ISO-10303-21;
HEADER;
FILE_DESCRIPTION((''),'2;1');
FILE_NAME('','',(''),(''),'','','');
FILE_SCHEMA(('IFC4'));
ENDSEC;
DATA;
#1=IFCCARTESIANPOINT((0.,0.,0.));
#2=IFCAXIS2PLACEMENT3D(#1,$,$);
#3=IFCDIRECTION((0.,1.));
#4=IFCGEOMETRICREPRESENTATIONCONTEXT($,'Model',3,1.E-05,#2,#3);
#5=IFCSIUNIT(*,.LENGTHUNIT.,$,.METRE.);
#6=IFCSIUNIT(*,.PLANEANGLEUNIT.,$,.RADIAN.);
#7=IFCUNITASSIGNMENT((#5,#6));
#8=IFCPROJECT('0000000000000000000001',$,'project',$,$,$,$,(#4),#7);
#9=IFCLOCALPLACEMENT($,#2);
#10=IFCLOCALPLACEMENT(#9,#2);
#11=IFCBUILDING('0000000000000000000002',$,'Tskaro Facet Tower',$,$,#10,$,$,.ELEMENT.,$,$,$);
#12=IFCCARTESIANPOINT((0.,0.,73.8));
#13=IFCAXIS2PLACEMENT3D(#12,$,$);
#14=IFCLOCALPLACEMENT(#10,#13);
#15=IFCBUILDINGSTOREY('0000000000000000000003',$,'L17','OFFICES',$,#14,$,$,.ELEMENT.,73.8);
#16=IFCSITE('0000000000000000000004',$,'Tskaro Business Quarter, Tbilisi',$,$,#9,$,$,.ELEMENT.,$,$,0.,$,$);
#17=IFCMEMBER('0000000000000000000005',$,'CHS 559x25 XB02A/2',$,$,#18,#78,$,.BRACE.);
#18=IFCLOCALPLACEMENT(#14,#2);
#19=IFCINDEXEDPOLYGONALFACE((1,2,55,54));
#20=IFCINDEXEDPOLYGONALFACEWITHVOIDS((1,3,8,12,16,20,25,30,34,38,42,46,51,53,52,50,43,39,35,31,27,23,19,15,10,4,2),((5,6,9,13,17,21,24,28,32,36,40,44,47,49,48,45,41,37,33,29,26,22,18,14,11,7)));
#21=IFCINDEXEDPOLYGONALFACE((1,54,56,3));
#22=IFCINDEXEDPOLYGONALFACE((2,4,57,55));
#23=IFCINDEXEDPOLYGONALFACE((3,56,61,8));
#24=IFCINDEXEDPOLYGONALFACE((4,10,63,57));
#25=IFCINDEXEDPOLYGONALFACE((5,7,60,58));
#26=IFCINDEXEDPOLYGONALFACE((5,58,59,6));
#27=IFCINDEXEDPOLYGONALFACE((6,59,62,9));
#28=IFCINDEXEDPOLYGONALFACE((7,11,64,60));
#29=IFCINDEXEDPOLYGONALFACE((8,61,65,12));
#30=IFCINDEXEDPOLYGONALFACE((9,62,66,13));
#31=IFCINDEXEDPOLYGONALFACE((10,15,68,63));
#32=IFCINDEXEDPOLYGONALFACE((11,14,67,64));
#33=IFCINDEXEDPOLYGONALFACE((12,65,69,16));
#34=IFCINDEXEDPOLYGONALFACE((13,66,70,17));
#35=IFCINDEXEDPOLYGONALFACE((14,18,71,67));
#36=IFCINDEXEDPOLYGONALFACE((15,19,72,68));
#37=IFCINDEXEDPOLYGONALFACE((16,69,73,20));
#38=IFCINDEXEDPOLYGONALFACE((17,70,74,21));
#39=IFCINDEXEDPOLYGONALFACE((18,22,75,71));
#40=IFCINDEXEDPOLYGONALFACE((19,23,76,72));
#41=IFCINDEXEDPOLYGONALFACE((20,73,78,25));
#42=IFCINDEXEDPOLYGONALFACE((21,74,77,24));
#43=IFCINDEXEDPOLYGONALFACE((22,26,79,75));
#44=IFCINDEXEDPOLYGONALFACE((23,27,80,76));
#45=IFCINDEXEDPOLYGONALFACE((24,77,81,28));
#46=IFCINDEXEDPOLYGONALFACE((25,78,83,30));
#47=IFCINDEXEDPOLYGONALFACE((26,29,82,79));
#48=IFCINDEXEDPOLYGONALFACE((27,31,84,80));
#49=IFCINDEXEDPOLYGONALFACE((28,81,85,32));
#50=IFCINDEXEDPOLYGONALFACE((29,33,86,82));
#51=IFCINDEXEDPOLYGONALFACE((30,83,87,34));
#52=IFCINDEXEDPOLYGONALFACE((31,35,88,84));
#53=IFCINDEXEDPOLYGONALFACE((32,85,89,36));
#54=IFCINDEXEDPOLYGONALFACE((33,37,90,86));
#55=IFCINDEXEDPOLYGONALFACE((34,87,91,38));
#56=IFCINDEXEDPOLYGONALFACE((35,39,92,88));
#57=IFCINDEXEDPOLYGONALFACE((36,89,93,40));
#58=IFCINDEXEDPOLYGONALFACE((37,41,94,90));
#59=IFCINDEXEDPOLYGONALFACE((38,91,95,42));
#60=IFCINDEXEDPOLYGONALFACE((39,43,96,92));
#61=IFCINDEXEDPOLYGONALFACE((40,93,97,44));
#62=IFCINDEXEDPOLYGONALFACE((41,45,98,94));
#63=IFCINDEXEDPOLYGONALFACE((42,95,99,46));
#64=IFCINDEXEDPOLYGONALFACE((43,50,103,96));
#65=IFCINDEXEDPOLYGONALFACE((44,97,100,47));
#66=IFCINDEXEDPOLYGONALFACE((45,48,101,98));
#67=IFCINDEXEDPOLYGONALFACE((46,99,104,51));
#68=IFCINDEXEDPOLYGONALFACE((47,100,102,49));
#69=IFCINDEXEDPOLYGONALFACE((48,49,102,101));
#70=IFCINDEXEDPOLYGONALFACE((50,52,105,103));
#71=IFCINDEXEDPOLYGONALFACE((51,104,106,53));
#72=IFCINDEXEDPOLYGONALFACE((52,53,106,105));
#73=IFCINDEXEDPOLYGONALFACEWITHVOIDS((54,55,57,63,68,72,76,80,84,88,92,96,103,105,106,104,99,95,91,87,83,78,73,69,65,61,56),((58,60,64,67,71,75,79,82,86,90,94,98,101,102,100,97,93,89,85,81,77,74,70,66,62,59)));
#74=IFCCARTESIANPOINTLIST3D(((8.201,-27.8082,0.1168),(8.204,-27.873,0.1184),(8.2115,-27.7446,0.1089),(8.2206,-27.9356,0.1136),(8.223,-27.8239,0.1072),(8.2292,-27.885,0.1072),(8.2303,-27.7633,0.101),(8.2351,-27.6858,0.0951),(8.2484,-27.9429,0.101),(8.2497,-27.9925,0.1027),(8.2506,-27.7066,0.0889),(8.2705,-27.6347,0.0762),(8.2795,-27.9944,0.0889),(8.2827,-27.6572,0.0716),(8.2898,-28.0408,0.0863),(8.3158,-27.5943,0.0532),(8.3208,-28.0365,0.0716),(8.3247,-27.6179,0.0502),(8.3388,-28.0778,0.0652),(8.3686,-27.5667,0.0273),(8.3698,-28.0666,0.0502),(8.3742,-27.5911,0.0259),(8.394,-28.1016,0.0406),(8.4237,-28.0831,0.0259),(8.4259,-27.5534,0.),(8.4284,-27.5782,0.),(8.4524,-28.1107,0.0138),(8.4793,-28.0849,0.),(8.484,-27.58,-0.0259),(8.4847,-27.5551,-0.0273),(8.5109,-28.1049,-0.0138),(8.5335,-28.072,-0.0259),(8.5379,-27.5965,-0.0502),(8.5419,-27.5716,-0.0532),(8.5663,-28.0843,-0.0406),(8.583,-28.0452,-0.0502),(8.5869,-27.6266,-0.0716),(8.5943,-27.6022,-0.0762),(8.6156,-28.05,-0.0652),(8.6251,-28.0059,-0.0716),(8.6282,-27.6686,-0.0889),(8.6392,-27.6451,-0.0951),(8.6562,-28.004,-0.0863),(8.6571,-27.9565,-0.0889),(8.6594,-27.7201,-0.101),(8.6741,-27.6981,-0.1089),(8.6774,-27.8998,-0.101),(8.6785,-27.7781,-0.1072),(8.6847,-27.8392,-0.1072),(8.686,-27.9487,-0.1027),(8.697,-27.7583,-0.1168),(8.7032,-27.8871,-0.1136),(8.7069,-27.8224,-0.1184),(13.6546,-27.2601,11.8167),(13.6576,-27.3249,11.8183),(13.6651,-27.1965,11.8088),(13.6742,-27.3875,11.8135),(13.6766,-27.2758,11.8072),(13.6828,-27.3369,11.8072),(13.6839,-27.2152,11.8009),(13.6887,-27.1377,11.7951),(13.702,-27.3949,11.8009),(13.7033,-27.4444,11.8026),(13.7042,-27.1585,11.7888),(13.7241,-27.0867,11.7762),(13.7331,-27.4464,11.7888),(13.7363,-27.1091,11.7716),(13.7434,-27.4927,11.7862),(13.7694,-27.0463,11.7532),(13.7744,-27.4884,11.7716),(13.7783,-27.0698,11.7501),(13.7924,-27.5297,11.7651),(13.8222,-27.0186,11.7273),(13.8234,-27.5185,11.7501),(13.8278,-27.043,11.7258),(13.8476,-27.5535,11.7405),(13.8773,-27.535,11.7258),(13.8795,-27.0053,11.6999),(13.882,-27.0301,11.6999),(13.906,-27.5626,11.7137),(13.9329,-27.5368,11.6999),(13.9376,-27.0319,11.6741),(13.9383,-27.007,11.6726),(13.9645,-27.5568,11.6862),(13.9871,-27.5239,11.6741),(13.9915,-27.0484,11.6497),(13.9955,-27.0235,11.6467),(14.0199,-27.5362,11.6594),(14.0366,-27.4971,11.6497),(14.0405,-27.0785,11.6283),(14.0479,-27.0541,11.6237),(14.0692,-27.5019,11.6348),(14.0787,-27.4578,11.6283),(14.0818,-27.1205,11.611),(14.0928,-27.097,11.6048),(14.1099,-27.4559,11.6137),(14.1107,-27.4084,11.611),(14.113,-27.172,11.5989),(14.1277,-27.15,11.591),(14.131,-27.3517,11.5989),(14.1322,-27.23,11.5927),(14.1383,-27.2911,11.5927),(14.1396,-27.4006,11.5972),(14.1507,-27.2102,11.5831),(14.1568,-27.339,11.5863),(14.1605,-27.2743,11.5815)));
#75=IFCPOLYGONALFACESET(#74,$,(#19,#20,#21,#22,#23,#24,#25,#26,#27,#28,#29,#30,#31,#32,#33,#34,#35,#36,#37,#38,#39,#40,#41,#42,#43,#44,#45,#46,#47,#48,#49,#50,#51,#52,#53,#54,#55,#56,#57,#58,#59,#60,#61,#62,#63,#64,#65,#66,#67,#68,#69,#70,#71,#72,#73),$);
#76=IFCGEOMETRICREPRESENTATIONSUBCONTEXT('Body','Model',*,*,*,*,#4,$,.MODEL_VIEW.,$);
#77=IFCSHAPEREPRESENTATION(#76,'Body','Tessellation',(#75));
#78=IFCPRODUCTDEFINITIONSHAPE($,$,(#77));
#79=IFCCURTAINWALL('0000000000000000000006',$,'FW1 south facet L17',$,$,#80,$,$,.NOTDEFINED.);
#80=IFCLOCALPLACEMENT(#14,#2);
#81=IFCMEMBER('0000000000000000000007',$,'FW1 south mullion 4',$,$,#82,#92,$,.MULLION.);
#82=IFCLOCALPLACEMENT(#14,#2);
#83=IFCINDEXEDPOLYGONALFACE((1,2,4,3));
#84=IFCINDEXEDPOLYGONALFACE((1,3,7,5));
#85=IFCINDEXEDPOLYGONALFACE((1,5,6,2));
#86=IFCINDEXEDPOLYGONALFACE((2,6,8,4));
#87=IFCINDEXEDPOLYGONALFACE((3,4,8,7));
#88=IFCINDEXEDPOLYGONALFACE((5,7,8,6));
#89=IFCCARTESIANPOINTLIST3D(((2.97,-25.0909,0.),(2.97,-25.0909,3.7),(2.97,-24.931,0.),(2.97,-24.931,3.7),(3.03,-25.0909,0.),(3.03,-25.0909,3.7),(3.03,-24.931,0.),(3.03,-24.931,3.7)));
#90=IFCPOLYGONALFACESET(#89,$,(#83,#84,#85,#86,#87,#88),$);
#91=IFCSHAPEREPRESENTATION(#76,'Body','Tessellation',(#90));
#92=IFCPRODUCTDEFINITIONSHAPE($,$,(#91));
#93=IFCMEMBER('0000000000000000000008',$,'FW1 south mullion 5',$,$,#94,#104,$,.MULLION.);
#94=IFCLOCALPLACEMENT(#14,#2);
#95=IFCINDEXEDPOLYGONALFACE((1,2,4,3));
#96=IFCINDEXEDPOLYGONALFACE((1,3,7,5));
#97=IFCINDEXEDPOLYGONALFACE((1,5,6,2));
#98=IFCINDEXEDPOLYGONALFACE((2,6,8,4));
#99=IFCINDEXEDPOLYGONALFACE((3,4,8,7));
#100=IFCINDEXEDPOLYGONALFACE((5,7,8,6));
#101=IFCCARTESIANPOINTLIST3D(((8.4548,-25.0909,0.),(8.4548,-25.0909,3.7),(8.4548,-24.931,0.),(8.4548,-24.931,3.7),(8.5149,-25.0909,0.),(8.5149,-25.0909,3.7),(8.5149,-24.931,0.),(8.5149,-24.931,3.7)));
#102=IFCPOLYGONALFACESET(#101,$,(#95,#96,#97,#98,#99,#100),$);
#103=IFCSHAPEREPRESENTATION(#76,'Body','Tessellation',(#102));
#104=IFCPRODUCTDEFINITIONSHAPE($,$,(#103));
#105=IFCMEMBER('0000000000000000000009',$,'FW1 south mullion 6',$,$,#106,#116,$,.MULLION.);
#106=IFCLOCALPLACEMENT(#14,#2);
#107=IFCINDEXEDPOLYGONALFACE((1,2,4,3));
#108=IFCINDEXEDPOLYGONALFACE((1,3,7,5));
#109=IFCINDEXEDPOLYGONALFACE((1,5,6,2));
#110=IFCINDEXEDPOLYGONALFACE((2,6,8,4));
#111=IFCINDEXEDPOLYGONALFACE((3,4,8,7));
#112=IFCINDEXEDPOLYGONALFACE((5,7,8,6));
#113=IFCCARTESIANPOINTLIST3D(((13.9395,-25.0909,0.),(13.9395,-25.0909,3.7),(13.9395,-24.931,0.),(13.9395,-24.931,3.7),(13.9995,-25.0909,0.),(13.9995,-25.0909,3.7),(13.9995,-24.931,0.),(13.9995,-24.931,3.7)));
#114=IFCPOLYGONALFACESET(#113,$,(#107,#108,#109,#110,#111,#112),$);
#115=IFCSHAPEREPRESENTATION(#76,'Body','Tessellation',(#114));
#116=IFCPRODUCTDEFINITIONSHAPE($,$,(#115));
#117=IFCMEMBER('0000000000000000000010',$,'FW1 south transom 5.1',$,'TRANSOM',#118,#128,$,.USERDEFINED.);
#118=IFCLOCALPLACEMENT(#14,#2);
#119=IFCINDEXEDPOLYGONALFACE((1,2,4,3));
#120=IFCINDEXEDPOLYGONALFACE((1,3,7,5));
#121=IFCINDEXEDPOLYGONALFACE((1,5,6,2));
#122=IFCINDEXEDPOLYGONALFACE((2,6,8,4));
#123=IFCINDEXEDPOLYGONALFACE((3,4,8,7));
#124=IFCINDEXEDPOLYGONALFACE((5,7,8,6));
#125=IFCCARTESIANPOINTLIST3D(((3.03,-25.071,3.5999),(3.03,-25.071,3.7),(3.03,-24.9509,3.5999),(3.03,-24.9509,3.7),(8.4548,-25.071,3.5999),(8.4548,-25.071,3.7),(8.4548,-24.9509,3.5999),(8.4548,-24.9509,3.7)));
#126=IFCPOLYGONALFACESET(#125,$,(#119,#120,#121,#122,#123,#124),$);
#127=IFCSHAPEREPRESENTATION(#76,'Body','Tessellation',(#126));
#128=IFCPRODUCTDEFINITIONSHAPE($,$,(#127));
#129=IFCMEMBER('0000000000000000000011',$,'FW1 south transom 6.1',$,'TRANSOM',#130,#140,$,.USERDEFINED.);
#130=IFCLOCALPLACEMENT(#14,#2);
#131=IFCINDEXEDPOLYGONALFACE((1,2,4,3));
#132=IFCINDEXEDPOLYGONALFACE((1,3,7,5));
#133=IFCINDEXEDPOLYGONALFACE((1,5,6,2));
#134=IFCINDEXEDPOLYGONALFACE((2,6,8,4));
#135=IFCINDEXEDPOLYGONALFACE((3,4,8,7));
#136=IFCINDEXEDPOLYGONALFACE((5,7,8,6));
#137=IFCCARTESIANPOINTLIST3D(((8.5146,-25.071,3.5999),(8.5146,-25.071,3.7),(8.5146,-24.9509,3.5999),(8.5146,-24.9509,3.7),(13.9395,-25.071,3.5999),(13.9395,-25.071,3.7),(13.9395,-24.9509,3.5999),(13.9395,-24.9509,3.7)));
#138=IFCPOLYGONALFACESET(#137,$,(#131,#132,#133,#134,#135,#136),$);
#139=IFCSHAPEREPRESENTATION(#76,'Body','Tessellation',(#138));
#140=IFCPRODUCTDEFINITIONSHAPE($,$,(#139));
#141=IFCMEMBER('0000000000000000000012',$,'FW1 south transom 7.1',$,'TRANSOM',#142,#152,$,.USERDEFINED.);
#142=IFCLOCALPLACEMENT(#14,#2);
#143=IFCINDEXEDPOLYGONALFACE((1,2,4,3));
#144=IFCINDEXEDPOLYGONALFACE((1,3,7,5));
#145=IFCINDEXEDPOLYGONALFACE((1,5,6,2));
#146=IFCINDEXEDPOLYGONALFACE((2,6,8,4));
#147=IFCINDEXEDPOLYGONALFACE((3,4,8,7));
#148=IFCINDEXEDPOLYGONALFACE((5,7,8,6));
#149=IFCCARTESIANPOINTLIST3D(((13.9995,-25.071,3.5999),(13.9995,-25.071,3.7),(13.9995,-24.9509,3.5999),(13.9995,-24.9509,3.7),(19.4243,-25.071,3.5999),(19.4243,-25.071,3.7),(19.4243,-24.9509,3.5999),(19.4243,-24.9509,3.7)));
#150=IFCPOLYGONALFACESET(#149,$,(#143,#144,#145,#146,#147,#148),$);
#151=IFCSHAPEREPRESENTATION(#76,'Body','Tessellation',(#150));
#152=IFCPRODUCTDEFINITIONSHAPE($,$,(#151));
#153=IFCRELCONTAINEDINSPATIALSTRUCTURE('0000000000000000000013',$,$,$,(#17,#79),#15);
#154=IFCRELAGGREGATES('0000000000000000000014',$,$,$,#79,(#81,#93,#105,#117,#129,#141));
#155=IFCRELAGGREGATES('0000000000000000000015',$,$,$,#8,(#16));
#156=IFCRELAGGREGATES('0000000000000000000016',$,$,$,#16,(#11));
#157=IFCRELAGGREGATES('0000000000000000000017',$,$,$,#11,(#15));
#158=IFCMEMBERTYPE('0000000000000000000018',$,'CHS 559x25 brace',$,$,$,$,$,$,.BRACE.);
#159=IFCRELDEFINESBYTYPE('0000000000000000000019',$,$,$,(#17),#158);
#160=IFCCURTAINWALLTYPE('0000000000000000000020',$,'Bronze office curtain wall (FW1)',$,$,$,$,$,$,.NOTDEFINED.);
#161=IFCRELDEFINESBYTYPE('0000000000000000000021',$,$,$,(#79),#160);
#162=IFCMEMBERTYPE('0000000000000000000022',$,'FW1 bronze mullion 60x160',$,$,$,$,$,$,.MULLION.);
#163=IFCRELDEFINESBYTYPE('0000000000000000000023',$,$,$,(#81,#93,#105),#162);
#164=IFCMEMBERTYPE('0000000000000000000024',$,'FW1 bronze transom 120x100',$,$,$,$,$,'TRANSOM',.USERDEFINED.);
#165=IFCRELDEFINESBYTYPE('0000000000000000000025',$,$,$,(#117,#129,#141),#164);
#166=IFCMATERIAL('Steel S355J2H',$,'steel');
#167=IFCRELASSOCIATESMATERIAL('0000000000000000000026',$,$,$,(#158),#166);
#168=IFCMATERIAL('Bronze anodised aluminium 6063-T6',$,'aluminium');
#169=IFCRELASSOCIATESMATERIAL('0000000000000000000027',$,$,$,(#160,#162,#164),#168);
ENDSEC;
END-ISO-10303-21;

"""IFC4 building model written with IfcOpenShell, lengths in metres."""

from ifc_helpers import new_model, si_unit, direction, frame, origin, origin_2d, place, context, subcontext, project, spatial, rectangle, hollow_circle, extrude, material, material_profile, profile_set, type_object, element, aggregate, save


model = new_model("IFC4")

# Units and contexts
model_context = context("Model", 3, precision=1e-05, world=origin(), true_north=direction((0.0, 1.0)))
body_context = subcontext(model_context, "Body", "Model", "MODEL_VIEW")
ifc_project = project(units=[si_unit("LENGTHUNIT", "METRE"), si_unit("PLANEANGLEUNIT", "RADIAN")], contexts=[model_context])

# Site, building, storey
site_placement = place(None, origin())
site = spatial("IfcSite", under=ifc_project, at=site_placement, Name="Tskaro Business Quarter, Tbilisi", CompositionType="ELEMENT", RefElevation=0.0)
building_placement = place(site_placement, origin())
building = spatial("IfcBuilding", under=site, at=building_placement, Name="Tskaro Facet Tower", CompositionType="ELEMENT")
storey_placement = place(building_placement, frame((0.0, 0.0, 73.8)))
storey = spatial("IfcBuildingStorey", under=building, at=storey_placement, Name="L17", Description="OFFICES", CompositionType="ELEMENT", Elevation=73.8)

# Shared definitions
ifc_material_1 = material(Name="Steel S355J2H", Category="steel")

# Member
ifc_material_profile_1 = material_profile(ifc_material_1, hollow_circle(Radius=0.2795, WallThickness=0.0249, at=origin_2d()), Name="CHS 559x25")
ifc_profile_set_1 = profile_set([ifc_material_profile_1], Name="Steel S355J2H")
member_type_1 = type_object("IfcMemberType", Name="CHS 559x25 brace", PredefinedType="BRACE", material=ifc_profile_set_1)
member_1_placement = place(storey_placement, frame((8.4539, -27.8315, 0.0), z_axis=(0.4221, 0.042422, 0.905556), x_axis=(-0.099998, 0.994988, 0.0)))
element("IfcMember", 1, at=member_1_placement, inside=storey, type_object=member_type_1, Name="CHS 559x25 XB02A/2", PredefinedType="BRACE", context=body_context, shape_type="SweptSolid", body=[
    extrude(hollow_circle(Radius=0.2795, WallThickness=0.0249, at=origin_2d()), origin(), (0.0, 0.0, 1.0), 12.9202),
])

# Curtain wall, members
ifc_material_2 = material(Name="Bronze anodised aluminium 6063-T6", Category="aluminium")
curtain_wall_type = type_object("IfcCurtainWallType", Name="Bronze office curtain wall (FW1)", PredefinedType="NOTDEFINED", material=ifc_material_2)
curtain_wall_placement = place(storey_placement, origin())
curtain_wall = element("IfcCurtainWall", 2, at=curtain_wall_placement, inside=storey, type_object=curtain_wall_type, Name="FW1 south facet L17", PredefinedType="NOTDEFINED")
ifc_material_profile_2 = material_profile(ifc_material_2, rectangle(XDim=0.0601, YDim=0.1599, at=origin_2d()), Name="Mullion 60x160")
ifc_profile_set_2 = profile_set([ifc_material_profile_2], Name="Bronze anodised aluminium 6063-T6")
member_type_2 = type_object("IfcMemberType", Name="FW1 bronze mullion 60x160", PredefinedType="MULLION", material=ifc_profile_set_2)
member_2_placement = place(storey_placement, frame((3.0, -25.011, 0.0), z_axis=(0.0, 0.0, 1.0), x_axis=(1.0, 0.0, 0.0)))
member_2 = element("IfcMember", 3, at=member_2_placement, type_object=member_type_2, Name="FW1 south mullion 4", PredefinedType="MULLION", context=body_context, shape_type="SweptSolid", body=[
    extrude(rectangle(XDim=0.0601, YDim=0.1599, at=origin_2d()), origin(), (0.0, 0.0, 1.0), 3.7),
])
member_3_placement = place(storey_placement, frame((8.4849, -25.011, 0.0), z_axis=(0.0, 0.0, 1.0), x_axis=(1.0, 0.0, 0.0)))
member_3 = element("IfcMember", 4, at=member_3_placement, type_object=member_type_2, Name="FW1 south mullion 5", PredefinedType="MULLION", context=body_context, shape_type="SweptSolid", body=[
    extrude(rectangle(XDim=0.0601, YDim=0.1599, at=origin_2d()), origin(), (0.0, 0.0, 1.0), 3.7),
])
member_4_placement = place(storey_placement, frame((13.9695, -25.011, 0.0), z_axis=(0.0, 0.0, 1.0), x_axis=(1.0, 0.0, 0.0)))
member_4 = element("IfcMember", 5, at=member_4_placement, type_object=member_type_2, Name="FW1 south mullion 6", PredefinedType="MULLION", context=body_context, shape_type="SweptSolid", body=[
    extrude(rectangle(XDim=0.0601, YDim=0.1599, at=origin_2d()), origin(), (0.0, 0.0, 1.0), 3.7),
])
ifc_material_profile_3 = material_profile(ifc_material_2, rectangle(XDim=0.1201, YDim=0.1001, at=origin_2d()), Name="Transom 120x100")
ifc_profile_set_3 = profile_set([ifc_material_profile_3], Name="Bronze anodised aluminium 6063-T6")
member_type_3 = type_object("IfcMemberType", Name="FW1 bronze transom 120x100", ElementType="TRANSOM", PredefinedType="USERDEFINED", material=ifc_profile_set_3)
member_5_placement = place(storey_placement, frame((3.03, -25.011, 3.6499), z_axis=(1.0, 0.0, 0.0), x_axis=(0.0, 1.0, 0.0)))
member_5 = element("IfcMember", 6, at=member_5_placement, type_object=member_type_3, Name="FW1 south transom 5.1", ObjectType="TRANSOM", PredefinedType="USERDEFINED", context=body_context, shape_type="SweptSolid", body=[
    extrude(rectangle(XDim=0.1201, YDim=0.1001, at=origin_2d()), origin(), (0.0, 0.0, 1.0), 5.4248),
])
member_6_placement = place(storey_placement, frame((8.5146, -25.011, 3.6499), z_axis=(1.0, 0.0, 0.0), x_axis=(0.0, 1.0, 0.0)))
member_6 = element("IfcMember", 7, at=member_6_placement, type_object=member_type_3, Name="FW1 south transom 6.1", ObjectType="TRANSOM", PredefinedType="USERDEFINED", context=body_context, shape_type="SweptSolid", body=[
    extrude(rectangle(XDim=0.1201, YDim=0.1001, at=origin_2d()), origin(), (0.0, 0.0, 1.0), 5.4248),
])
member_7_placement = place(storey_placement, frame((13.9995, -25.011, 3.6499), z_axis=(1.0, 0.0, 0.0), x_axis=(0.0, 1.0, 0.0)))
member_7 = element("IfcMember", 8, at=member_7_placement, type_object=member_type_3, Name="FW1 south transom 7.1", ObjectType="TRANSOM", PredefinedType="USERDEFINED", context=body_context, shape_type="SweptSolid", body=[
    extrude(rectangle(XDim=0.1201, YDim=0.1001, at=origin_2d()), origin(), (0.0, 0.0, 1.0), 5.4248),
])

aggregate(curtain_wall, [member_2, member_3, member_4, member_5, member_6, member_7])

save(model, "model.ifc")
